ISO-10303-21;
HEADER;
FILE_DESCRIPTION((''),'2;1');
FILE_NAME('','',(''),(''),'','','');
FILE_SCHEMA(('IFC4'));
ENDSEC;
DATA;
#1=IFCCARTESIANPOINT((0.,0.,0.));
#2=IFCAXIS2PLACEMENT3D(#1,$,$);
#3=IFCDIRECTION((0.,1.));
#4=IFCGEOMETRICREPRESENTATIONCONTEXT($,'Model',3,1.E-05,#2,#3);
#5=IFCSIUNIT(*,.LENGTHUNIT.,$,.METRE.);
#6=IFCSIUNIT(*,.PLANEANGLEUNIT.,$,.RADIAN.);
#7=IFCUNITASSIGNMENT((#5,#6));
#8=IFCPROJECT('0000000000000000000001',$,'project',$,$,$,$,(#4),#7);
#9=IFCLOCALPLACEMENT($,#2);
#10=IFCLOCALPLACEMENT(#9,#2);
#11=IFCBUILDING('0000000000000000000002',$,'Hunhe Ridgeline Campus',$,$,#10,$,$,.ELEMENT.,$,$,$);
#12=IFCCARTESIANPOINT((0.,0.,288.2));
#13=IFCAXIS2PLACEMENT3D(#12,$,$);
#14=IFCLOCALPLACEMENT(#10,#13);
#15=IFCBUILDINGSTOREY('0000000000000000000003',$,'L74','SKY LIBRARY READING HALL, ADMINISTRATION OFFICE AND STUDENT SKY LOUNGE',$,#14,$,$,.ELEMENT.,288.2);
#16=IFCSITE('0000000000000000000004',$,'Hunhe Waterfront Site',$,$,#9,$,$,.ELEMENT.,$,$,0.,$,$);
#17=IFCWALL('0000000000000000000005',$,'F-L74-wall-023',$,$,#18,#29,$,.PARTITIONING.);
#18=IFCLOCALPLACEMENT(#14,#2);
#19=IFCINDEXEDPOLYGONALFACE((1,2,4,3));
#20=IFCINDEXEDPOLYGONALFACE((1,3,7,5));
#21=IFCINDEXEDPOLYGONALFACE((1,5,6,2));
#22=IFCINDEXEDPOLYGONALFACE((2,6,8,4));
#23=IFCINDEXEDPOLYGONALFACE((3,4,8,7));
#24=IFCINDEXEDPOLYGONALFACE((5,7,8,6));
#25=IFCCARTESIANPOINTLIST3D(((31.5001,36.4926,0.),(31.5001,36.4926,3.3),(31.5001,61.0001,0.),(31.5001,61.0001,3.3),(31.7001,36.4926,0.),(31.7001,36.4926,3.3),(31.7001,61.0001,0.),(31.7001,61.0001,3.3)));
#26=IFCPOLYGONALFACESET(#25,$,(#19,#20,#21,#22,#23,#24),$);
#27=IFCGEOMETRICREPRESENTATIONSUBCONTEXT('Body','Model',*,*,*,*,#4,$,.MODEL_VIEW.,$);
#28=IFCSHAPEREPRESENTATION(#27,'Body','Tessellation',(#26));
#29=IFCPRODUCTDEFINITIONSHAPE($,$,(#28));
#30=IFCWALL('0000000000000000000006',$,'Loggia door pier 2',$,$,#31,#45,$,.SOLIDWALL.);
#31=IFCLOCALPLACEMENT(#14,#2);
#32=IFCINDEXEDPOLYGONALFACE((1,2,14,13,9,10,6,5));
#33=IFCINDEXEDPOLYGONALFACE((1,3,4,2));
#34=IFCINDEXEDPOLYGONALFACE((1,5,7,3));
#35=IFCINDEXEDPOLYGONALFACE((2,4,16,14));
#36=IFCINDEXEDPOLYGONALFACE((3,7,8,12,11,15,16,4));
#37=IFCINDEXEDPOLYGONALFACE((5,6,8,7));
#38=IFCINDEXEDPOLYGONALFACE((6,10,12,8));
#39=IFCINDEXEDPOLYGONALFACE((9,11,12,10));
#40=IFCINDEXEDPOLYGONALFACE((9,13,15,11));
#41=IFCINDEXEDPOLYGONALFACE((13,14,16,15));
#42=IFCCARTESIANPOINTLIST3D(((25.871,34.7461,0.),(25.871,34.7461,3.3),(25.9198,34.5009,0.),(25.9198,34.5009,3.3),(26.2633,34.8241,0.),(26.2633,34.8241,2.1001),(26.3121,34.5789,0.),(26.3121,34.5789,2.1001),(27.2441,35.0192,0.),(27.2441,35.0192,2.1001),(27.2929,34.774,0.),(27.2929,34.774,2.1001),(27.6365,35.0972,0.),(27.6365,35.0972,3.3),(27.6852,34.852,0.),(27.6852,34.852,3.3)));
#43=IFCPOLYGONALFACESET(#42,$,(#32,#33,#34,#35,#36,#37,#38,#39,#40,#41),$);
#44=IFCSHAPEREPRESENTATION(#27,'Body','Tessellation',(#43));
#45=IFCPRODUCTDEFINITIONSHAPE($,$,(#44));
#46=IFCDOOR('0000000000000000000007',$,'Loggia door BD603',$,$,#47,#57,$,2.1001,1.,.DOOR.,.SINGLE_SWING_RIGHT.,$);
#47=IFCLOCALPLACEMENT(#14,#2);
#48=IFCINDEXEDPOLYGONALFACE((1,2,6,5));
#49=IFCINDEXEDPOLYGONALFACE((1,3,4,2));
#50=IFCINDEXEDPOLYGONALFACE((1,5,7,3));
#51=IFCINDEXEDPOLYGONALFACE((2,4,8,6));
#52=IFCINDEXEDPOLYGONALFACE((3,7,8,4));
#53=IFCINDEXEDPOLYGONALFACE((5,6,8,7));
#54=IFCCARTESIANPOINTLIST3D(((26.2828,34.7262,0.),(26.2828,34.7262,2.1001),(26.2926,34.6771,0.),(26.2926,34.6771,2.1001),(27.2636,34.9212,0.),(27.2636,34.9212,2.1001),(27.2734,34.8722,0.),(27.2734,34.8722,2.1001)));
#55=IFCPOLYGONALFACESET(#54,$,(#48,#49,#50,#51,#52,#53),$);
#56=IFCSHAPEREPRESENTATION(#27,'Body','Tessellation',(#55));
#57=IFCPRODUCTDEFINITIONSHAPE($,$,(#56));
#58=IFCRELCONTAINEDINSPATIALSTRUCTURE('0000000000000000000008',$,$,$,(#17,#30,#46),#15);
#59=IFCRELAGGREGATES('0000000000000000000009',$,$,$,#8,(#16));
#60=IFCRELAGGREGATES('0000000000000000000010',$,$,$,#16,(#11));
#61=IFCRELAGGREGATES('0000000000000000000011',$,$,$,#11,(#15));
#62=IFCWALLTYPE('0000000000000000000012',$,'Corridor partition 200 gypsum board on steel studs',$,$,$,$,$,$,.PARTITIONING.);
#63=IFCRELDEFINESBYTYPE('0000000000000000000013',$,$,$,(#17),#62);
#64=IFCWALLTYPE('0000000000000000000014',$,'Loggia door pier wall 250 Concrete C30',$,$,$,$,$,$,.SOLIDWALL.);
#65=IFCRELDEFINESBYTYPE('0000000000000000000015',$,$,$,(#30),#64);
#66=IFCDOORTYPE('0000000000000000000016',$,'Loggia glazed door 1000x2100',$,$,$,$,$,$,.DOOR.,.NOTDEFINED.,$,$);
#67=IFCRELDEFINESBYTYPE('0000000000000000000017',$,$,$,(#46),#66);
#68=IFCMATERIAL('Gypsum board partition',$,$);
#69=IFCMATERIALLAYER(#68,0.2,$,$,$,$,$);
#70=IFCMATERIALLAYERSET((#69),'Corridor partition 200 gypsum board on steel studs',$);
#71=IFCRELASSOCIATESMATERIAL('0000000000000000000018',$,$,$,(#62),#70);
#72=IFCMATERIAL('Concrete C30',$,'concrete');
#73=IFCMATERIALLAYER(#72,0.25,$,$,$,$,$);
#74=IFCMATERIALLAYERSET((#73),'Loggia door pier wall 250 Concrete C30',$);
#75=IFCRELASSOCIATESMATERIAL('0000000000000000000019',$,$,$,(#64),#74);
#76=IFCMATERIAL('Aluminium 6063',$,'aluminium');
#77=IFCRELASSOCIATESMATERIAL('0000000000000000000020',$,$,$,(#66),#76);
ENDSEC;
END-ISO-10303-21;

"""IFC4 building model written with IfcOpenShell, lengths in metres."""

from ifc_helpers import new_model, si_unit, direction, frame, frame_2d, origin, place, context, subcontext, project, spatial, rectangle, extrude, material, layer, layer_set, type_object, element, fill, save


model = new_model("IFC4")

# Units and contexts
model_context = context("Model", 3, precision=1e-05, world=origin(), true_north=direction((0.0, 1.0)))
body_context = subcontext(model_context, "Body", "Model", "MODEL_VIEW")
ifc_project = project(units=[si_unit("LENGTHUNIT", "METRE"), si_unit("PLANEANGLEUNIT", "RADIAN")], contexts=[model_context])

# Site, building, storey
site_placement = place(None, origin())
site = spatial("IfcSite", under=ifc_project, at=site_placement, Name="Hunhe Waterfront Site", CompositionType="ELEMENT", RefElevation=0.0)
building_placement = place(site_placement, origin())
building = spatial("IfcBuilding", under=site, at=building_placement, Name="Hunhe Ridgeline Campus", CompositionType="ELEMENT")
storey_placement = place(building_placement, frame((0.0, 0.0, 288.2)))
storey = spatial("IfcBuildingStorey", under=building, at=storey_placement, Name="L74", Description="SKY LIBRARY READING HALL, ADMINISTRATION OFFICE AND STUDENT SKY LOUNGE", CompositionType="ELEMENT", Elevation=288.2)

# Shared definitions
ifc_material_1 = material(Name="Aluminium 6063", Category="aluminium")

# Wall
ifc_material_2 = material(Name="Gypsum board partition")
ifc_layer_1 = layer(ifc_material_2, 0.2)
ifc_layer_set_1 = layer_set([ifc_layer_1], Name="Corridor partition 200 gypsum board on steel studs")
wall_type_1 = type_object("IfcWallType", Name="Corridor partition 200 gypsum board on steel studs", PredefinedType="PARTITIONING", material=ifc_layer_set_1)
wall_1_placement = place(storey_placement, frame((31.6001, 36.4924, 0.0), z_axis=(0.0, 0.0, 1.0), x_axis=(0.0, 1.0, 0.0)))
element("IfcWall", 1, at=wall_1_placement, inside=storey, type_object=wall_type_1, Name="F-L74-wall-023", PredefinedType="PARTITIONING", context=body_context, shape_type="SweptSolid", body=[
    extrude(rectangle(XDim=24.5076, YDim=0.2, at=frame_2d((12.2539, 0.0))), origin(), (0.0, 0.0, 1.0), 3.3),
])

# Wall, opening, door
ifc_material_3 = material(Name="Concrete C30", Category="concrete")
ifc_layer_2 = layer(ifc_material_3, 0.25)
ifc_layer_set_2 = layer_set([ifc_layer_2], Name="Loggia door pier wall 250 Concrete C30")
wall_type_2 = type_object("IfcWallType", Name="Loggia door pier wall 250 Concrete C30", PredefinedType="SOLIDWALL", material=ifc_layer_set_2)
wall_2_placement = place(storey_placement, frame((25.8955, 34.6235, 0.0), z_axis=(0.0, 0.0, 1.0), x_axis=(0.980794, 0.195047, 0.0)))
wall_2 = element("IfcWall", 2, at=wall_2_placement, inside=storey, type_object=wall_type_2, Name="Loggia door pier 2", PredefinedType="SOLIDWALL", context=body_context, shape_type="SweptSolid", body=[
    extrude(rectangle(XDim=1.8, YDim=0.25, at=frame_2d((0.8999, 0.0))), origin(), (0.0, 0.0, 1.0), 3.3),
])
opening_placement = place(wall_2_placement, frame((0.3999, 0.0, 0.0)))
opening = element("IfcOpeningElement", 3, at=opening_placement, cuts=wall_2, PredefinedType="OPENING", context=body_context, shape_type="SweptSolid", body=[
    extrude(rectangle(XDim=1.0, YDim=2.1001, at=frame_2d((0.5, 1.05))), frame((0.0, 0.125, 0.0), z_axis=(0.0, -1.0, 0.0), x_axis=(1.0, 0.0, 0.0)), (0.0, 0.0, 1.0), 0.25),
])
door_type = type_object("IfcDoorType", Name="Loggia glazed door 1000x2100", OperationType="NOTDEFINED", PredefinedType="DOOR", material=ifc_material_1)
door_placement = place(opening_placement, frame((1.0, 0.0, 0.0), z_axis=(0.0, 0.0, 1.0), x_axis=(-1.0, 0.0, 0.0)))
door = element("IfcDoor", 4, at=door_placement, inside=storey, type_object=door_type, Name="Loggia door BD603", OperationType="SINGLE_SWING_RIGHT", OverallHeight=2.1001, OverallWidth=1.0, PredefinedType="DOOR", context=body_context, shape_type="SweptSolid", body=[
    extrude(rectangle(XDim=1.0, YDim=2.1001, at=frame_2d((0.5, 1.05))), frame((0.0, 0.0249, 0.0), z_axis=(0.0, -1.0, 0.0), x_axis=(1.0, 0.0, 0.0)), (0.0, 0.0, 1.0), 0.05),
])
fill(opening, door)

save(model, "model.ifc")
